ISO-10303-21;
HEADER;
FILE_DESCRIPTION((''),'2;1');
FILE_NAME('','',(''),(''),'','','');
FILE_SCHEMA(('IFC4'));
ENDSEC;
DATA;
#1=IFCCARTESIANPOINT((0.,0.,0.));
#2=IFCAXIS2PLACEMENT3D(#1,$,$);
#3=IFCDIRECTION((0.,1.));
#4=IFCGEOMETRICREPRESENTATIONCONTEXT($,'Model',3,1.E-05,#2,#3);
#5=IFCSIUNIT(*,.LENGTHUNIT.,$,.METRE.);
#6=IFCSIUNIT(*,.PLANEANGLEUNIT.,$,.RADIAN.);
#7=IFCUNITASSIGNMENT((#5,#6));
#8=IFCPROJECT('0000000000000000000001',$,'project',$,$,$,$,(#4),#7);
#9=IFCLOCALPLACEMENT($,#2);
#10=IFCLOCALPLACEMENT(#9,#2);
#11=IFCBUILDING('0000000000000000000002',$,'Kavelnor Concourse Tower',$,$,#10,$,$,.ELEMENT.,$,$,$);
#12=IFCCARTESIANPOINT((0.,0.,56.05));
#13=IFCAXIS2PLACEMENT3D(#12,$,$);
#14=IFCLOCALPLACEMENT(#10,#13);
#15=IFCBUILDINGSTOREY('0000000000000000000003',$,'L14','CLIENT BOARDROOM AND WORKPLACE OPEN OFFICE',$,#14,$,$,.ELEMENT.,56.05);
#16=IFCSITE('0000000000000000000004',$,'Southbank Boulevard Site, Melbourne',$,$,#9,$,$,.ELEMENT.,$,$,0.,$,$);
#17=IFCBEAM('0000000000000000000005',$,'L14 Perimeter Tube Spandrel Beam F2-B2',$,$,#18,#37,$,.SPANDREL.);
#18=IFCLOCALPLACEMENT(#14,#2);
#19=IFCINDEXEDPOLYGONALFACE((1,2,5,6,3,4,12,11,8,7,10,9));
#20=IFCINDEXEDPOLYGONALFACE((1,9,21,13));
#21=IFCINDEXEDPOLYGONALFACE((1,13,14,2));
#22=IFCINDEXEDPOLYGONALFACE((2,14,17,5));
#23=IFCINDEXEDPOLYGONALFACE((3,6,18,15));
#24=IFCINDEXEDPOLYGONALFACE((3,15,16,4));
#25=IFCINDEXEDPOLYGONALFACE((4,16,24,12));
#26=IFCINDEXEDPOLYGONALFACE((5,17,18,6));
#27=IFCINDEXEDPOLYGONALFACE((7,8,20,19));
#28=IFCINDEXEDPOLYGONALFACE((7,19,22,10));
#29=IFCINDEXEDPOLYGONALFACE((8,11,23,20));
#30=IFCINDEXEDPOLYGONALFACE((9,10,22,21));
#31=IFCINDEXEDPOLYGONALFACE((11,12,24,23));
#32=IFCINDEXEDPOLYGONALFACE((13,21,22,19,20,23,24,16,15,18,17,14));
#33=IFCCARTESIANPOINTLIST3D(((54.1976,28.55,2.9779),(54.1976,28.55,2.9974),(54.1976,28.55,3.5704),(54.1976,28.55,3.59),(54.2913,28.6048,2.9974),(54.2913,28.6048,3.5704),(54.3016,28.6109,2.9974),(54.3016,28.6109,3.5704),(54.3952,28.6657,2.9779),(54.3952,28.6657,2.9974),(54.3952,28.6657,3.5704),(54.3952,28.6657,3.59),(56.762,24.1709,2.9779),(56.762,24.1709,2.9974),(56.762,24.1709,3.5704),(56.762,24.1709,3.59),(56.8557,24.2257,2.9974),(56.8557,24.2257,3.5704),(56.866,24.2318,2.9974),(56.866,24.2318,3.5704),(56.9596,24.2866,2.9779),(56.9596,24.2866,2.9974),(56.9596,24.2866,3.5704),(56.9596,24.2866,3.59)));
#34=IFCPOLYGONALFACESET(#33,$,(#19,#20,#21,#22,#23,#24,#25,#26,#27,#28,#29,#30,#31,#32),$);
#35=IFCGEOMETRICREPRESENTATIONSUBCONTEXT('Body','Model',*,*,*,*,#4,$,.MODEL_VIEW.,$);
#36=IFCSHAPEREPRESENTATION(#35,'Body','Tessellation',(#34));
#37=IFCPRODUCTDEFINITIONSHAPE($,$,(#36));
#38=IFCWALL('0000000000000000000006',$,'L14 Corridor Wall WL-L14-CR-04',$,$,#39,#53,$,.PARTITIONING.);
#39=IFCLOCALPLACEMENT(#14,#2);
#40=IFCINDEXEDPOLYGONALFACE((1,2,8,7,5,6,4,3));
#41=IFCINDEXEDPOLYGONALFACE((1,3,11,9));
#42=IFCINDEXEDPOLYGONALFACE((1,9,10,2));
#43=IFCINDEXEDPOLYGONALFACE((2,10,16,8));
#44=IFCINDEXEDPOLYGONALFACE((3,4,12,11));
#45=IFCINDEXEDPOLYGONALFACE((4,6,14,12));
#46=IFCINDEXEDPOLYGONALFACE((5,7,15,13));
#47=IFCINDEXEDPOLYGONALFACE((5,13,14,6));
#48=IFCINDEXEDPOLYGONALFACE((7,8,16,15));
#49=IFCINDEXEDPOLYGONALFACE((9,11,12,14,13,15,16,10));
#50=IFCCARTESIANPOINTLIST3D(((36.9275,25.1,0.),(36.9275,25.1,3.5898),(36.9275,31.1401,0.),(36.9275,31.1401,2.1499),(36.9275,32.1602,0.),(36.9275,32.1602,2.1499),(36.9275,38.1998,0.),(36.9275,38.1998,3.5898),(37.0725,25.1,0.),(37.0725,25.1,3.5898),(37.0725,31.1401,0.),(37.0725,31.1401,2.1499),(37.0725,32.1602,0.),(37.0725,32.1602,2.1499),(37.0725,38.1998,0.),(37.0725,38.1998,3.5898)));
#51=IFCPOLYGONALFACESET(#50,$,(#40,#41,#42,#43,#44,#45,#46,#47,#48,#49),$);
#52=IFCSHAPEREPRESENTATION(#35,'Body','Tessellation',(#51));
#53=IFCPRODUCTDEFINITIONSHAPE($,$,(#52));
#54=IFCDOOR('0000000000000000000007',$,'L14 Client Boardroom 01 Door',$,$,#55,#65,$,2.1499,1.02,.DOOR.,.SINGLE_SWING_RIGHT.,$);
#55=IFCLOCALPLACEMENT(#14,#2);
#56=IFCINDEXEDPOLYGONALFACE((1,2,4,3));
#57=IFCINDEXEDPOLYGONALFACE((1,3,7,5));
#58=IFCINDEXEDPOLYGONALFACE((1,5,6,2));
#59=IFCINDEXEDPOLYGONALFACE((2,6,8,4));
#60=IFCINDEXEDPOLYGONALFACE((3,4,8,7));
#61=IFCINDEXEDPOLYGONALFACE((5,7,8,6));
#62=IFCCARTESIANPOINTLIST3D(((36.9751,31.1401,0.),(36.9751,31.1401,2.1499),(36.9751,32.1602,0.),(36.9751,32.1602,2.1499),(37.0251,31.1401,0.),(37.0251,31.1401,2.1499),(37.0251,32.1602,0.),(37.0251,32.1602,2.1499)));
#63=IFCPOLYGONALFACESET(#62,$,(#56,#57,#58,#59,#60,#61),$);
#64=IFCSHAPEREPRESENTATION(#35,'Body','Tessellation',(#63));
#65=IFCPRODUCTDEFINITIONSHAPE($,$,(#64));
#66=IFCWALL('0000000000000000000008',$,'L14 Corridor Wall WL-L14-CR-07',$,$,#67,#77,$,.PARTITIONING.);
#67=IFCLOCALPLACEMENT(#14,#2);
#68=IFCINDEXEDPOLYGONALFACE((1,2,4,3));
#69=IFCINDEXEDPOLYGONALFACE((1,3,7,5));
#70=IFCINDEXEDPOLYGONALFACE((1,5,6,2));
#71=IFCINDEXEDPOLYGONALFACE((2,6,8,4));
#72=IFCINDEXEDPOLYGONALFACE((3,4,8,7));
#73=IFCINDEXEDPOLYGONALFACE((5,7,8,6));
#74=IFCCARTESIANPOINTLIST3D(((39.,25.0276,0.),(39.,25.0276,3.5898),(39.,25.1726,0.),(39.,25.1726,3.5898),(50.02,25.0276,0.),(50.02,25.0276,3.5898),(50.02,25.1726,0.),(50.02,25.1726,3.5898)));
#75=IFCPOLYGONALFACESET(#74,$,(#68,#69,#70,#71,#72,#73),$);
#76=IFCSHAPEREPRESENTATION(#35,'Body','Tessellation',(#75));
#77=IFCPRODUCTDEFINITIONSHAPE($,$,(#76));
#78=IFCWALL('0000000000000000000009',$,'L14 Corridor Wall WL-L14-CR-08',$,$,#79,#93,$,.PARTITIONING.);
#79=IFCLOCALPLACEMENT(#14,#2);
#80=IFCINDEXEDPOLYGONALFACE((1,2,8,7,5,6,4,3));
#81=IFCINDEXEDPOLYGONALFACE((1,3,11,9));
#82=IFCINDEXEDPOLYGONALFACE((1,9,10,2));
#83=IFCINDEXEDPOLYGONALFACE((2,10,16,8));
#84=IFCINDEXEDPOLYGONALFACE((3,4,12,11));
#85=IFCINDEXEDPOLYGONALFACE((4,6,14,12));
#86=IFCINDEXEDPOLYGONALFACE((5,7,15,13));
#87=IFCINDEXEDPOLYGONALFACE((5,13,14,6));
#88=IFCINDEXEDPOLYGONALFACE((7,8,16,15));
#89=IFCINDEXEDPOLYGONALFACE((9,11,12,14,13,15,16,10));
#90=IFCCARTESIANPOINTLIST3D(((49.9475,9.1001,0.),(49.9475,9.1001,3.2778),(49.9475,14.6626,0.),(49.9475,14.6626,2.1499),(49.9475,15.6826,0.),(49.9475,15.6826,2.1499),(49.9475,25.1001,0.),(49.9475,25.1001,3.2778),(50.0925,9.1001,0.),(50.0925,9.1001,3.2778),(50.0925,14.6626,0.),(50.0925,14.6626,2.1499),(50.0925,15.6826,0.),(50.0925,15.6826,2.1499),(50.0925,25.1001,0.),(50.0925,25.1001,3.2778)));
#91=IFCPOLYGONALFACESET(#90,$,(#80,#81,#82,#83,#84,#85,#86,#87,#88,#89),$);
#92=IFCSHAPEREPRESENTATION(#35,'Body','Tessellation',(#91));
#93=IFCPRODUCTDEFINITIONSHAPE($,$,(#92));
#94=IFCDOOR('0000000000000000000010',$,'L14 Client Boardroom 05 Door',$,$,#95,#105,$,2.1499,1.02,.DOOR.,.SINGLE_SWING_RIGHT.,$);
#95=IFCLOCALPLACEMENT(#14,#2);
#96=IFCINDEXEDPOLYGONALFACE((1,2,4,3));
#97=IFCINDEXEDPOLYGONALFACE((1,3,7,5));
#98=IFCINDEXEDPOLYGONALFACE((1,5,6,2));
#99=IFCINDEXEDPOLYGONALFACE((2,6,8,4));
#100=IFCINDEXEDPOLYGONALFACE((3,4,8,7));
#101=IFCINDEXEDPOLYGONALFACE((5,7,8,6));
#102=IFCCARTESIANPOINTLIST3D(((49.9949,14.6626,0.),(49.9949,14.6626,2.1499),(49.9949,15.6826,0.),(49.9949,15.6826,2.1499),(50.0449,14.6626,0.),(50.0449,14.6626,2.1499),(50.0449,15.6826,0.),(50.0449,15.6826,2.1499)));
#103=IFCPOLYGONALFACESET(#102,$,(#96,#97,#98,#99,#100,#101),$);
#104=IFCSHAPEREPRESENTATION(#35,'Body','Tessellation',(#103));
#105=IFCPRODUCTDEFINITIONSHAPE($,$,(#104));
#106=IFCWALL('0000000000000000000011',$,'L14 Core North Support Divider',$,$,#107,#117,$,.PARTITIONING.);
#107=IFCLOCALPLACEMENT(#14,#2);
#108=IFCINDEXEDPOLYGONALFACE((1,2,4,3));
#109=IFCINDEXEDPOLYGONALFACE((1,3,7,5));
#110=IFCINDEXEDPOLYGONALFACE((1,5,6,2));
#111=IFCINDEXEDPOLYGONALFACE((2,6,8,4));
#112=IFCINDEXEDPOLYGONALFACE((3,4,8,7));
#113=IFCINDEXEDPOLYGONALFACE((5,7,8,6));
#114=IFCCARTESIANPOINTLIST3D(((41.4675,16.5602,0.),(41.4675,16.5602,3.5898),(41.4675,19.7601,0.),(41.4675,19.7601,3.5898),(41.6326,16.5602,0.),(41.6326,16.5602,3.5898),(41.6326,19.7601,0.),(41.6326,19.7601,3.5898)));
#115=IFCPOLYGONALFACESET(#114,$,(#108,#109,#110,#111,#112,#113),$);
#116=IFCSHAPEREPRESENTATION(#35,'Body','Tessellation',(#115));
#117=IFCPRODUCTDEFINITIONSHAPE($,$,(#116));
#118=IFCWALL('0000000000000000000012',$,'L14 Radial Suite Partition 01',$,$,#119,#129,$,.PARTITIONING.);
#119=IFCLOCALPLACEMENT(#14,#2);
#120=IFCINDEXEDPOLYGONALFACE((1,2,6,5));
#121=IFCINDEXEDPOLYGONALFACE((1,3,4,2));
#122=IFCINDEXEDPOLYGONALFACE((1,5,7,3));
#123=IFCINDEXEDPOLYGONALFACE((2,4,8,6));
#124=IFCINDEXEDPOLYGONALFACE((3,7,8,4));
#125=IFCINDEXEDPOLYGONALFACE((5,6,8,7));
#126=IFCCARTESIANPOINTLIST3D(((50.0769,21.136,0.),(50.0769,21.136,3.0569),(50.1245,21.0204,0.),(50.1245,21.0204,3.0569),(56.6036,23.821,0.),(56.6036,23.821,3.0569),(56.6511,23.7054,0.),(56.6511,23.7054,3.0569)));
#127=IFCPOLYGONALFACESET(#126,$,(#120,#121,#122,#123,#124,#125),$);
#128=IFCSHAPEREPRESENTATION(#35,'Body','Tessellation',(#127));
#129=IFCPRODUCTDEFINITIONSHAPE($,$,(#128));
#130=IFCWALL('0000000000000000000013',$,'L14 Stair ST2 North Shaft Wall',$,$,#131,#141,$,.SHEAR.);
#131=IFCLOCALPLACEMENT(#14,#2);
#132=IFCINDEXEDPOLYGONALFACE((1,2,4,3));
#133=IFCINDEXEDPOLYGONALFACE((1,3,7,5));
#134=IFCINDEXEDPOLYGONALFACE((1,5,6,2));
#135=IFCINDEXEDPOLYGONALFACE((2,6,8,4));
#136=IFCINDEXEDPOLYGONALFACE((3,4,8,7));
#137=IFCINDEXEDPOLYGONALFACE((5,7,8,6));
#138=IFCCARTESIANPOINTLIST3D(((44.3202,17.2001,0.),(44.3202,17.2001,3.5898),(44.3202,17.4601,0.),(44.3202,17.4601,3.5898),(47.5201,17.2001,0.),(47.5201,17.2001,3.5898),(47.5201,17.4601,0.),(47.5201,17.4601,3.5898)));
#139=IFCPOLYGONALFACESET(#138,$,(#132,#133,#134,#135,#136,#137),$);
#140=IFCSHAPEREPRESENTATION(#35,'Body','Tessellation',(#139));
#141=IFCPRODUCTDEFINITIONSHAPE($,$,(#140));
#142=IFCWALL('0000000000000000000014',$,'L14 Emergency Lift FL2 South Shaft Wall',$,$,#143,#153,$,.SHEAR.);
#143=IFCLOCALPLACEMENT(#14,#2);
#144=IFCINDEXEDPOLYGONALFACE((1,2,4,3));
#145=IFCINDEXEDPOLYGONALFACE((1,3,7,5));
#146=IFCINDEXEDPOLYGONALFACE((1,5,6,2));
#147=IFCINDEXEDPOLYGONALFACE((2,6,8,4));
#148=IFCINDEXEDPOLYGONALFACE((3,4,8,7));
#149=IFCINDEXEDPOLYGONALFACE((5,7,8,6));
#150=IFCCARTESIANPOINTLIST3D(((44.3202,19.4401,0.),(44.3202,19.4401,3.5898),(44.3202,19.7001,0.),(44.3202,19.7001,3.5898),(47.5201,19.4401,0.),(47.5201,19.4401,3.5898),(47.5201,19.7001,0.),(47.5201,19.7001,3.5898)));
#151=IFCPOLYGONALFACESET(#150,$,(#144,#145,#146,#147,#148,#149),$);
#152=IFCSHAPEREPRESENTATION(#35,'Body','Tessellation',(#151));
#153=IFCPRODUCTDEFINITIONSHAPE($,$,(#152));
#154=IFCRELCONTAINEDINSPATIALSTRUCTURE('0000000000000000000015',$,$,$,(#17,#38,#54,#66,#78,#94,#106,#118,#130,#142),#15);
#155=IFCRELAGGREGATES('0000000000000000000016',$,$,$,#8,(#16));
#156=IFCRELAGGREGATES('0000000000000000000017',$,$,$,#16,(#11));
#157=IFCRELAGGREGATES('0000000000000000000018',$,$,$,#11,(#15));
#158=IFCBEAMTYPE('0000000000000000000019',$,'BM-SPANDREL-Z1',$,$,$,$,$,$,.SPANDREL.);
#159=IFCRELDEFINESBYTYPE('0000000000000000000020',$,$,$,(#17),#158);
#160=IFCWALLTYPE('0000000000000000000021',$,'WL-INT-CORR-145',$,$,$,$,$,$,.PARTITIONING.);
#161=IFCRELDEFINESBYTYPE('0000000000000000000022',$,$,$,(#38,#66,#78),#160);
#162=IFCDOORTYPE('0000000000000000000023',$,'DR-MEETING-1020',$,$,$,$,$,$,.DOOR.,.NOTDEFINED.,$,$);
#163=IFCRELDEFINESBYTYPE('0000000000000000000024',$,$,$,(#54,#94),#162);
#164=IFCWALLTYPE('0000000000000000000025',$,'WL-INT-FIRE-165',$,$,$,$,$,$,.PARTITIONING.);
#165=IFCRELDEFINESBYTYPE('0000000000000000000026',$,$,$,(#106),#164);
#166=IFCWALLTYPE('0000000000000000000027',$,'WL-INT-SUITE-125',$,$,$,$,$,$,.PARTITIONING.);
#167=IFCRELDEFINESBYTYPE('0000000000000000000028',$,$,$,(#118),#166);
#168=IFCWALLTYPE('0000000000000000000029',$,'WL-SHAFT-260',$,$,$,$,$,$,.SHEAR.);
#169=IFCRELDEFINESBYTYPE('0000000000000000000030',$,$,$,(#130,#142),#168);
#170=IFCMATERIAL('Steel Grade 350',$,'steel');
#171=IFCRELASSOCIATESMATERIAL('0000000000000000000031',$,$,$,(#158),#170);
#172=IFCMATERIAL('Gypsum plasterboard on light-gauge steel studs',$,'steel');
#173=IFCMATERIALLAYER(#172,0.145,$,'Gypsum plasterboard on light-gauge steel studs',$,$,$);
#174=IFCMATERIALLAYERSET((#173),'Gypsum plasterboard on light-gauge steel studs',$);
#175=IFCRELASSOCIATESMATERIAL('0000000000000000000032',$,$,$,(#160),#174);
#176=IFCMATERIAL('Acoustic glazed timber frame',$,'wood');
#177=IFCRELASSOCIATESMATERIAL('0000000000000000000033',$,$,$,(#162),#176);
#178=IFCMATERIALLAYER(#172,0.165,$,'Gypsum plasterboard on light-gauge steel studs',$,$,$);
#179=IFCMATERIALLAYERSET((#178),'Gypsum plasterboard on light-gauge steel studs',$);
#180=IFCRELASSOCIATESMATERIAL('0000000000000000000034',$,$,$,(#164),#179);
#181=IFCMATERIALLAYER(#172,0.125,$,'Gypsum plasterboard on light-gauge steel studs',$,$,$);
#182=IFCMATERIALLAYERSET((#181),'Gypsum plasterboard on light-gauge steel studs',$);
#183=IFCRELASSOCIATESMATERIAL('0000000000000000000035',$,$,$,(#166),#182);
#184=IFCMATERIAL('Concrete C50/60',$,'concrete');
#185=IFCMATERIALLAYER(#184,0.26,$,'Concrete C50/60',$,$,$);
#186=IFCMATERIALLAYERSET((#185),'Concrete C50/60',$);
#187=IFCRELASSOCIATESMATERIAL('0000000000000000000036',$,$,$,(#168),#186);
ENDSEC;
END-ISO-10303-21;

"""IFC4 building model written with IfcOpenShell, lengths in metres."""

from ifc_helpers import new_model, si_unit, direction, frame, frame_2d, origin, origin_2d, place, context, subcontext, project, spatial, rectangle, i_section, extrude, material, layer, layer_set, material_profile, profile_set, type_object, element, fill, save


model = new_model("IFC4")

# Units and contexts
model_context = context("Model", 3, precision=1e-05, world=origin(), true_north=direction((0.0, 1.0)))
body_context = subcontext(model_context, "Body", "Model", "MODEL_VIEW")
ifc_project = project(units=[si_unit("LENGTHUNIT", "METRE"), si_unit("PLANEANGLEUNIT", "RADIAN")], contexts=[model_context])

# Site, building, storey
site_placement = place(None, origin())
site = spatial("IfcSite", under=ifc_project, at=site_placement, Name="Southbank Boulevard Site, Melbourne", CompositionType="ELEMENT", RefElevation=0.0)
building_placement = place(site_placement, origin())
building = spatial("IfcBuilding", under=site, at=building_placement, Name="Kavelnor Concourse Tower", CompositionType="ELEMENT")
storey_placement = place(building_placement, frame((0.0, 0.0, 56.05)))
storey = spatial("IfcBuildingStorey", under=building, at=storey_placement, Name="L14", Description="CLIENT BOARDROOM AND WORKPLACE OPEN OFFICE", CompositionType="ELEMENT", Elevation=56.05)

# Shared definitions
ifc_material_1 = material(Name="Steel Grade 350", Category="steel")

# Beam
ifc_material_profile_1 = material_profile(ifc_material_1, i_section(OverallWidth=0.229, OverallDepth=0.6121, WebThickness=0.012, FlangeThickness=0.0195, at=origin_2d()), Name="610UB125")
ifc_profile_set_1 = profile_set([ifc_material_profile_1], Name="Steel Grade 350")
beam_type_1 = type_object("IfcBeamType", Name="BM-SPANDREL-Z1", PredefinedType="SPANDREL", material=ifc_profile_set_1)
for number, where, z_axis, x_axis, name in (
    (1, (56.8608, 24.2288, 3.2839), (-0.505333, 0.862924, 0.0), (-0.862924, -0.505333, 0.0), "L14 Perimeter Tube Spandrel Beam F2-B2"),
):
    element("IfcBeam", number, at=place(storey_placement, frame(where, z_axis=z_axis, x_axis=x_axis)), inside=storey, type_object=beam_type_1, Name=name, PredefinedType="SPANDREL", context=body_context, shape_type="SweptSolid", body=[
        extrude(i_section(OverallWidth=0.229, OverallDepth=0.6121, WebThickness=0.012, FlangeThickness=0.0195, at=origin_2d()), origin(), (0.0, 0.0, 1.0), 5.0747),
    ])

# Wall, opening, door
ifc_material_2 = material(Name="Gypsum plasterboard on light-gauge steel studs", Category="steel")
ifc_layer_1 = layer(ifc_material_2, 0.145, Name="Gypsum plasterboard on light-gauge steel studs")
ifc_layer_set_1 = layer_set([ifc_layer_1], Name="Gypsum plasterboard on light-gauge steel studs")
wall_type_1 = type_object("IfcWallType", Name="WL-INT-CORR-145", PredefinedType="PARTITIONING", material=ifc_layer_set_1)
wall_1_placement = place(storey_placement, frame((37.0, 25.1001, 0.0), z_axis=(0.0, 0.0, 1.0), x_axis=(0.0, 1.0, 0.0)))
wall_1 = element("IfcWall", 2, at=wall_1_placement, inside=storey, type_object=wall_type_1, Name="L14 Corridor Wall WL-L14-CR-04", PredefinedType="PARTITIONING", context=body_context, shape_type="SweptSolid", body=[
    extrude(rectangle(XDim=13.0999, YDim=0.145, at=frame_2d((6.5498, 0.0))), origin(), (0.0, 0.0, 1.0), 3.5898),
])
opening_1_placement = place(wall_1_placement, frame((6.04, 0.0, 0.0)))
opening_1 = element("IfcOpeningElement", 3, at=opening_1_placement, cuts=wall_1, PredefinedType="OPENING", context=body_context, shape_type="SweptSolid", body=[
    extrude(rectangle(XDim=1.02, YDim=2.1499, at=frame_2d((0.51, 1.075))), frame((0.0, 0.0825, 0.0), z_axis=(0.0, -1.0, 0.0), x_axis=(1.0, 0.0, 0.0)), (0.0, 0.0, 1.0), 0.165),
])
ifc_material_3 = material(Name="Acoustic glazed timber frame", Category="wood")
door_type = type_object("IfcDoorType", Name="DR-MEETING-1020", OperationType="NOTDEFINED", PredefinedType="DOOR", material=ifc_material_3)
door_1_placement = place(opening_1_placement, origin())
door_1 = element("IfcDoor", 4, at=door_1_placement, inside=storey, type_object=door_type, Name="L14 Client Boardroom 01 Door", OperationType="SINGLE_SWING_RIGHT", OverallHeight=2.1499, OverallWidth=1.02, PredefinedType="DOOR", context=body_context, shape_type="SweptSolid", body=[
    extrude(rectangle(XDim=1.02, YDim=2.1499, at=frame_2d((0.51, 1.075))), frame((0.0, 0.0249, 0.0), z_axis=(0.0, -1.0, 0.0), x_axis=(1.0, 0.0, 0.0)), (0.0, 0.0, 1.0), 0.05),
])
fill(opening_1, door_1)

# Wall
wall_2_placement = place(storey_placement, frame((39.0, 25.1001, 0.0), z_axis=(0.0, 0.0, 1.0), x_axis=(1.0, 0.0, 0.0)))
element("IfcWall", 5, at=wall_2_placement, inside=storey, type_object=wall_type_1, Name="L14 Corridor Wall WL-L14-CR-07", PredefinedType="PARTITIONING", context=body_context, shape_type="SweptSolid", body=[
    extrude(rectangle(XDim=11.02, YDim=0.145, at=frame_2d((5.51, 0.0))), origin(), (0.0, 0.0, 1.0), 3.5898),
])

# Wall, opening, door
wall_3_placement = place(storey_placement, frame((50.02, 25.1001, 0.0), z_axis=(0.0, 0.0, 1.0), x_axis=(0.0, -1.0, 0.0)))
wall_3 = element("IfcWall", 6, at=wall_3_placement, inside=storey, type_object=wall_type_1, Name="L14 Corridor Wall WL-L14-CR-08", PredefinedType="PARTITIONING", context=body_context, shape_type="SweptSolid", body=[
    extrude(rectangle(XDim=16.0, YDim=0.145, at=frame_2d((8.0, 0.0))), origin(), (0.0, 0.0, 1.0), 3.2778),
])
opening_2_placement = place(wall_3_placement, frame((9.4175, 0.0, 0.0)))
opening_2 = element("IfcOpeningElement", 7, at=opening_2_placement, cuts=wall_3, PredefinedType="OPENING", context=body_context, shape_type="SweptSolid", body=[
    extrude(rectangle(XDim=1.02, YDim=2.1499, at=frame_2d((0.51, 1.075))), frame((0.0, 0.0825, 0.0), z_axis=(0.0, -1.0, 0.0), x_axis=(1.0, 0.0, 0.0)), (0.0, 0.0, 1.0), 0.165),
])
door_2_placement = place(opening_2_placement, origin())
door_2 = element("IfcDoor", 8, at=door_2_placement, inside=storey, type_object=door_type, Name="L14 Client Boardroom 05 Door", OperationType="SINGLE_SWING_RIGHT", OverallHeight=2.1499, OverallWidth=1.02, PredefinedType="DOOR", context=body_context, shape_type="SweptSolid", body=[
    extrude(rectangle(XDim=1.02, YDim=2.1499, at=frame_2d((0.51, 1.075))), frame((0.0, 0.0249, 0.0), z_axis=(0.0, -1.0, 0.0), x_axis=(1.0, 0.0, 0.0)), (0.0, 0.0, 1.0), 0.05),
])
fill(opening_2, door_2)

# Walls
ifc_layer_2 = layer(ifc_material_2, 0.165, Name="Gypsum plasterboard on light-gauge steel studs")
ifc_layer_set_2 = layer_set([ifc_layer_2], Name="Gypsum plasterboard on light-gauge steel studs")
wall_type_2 = type_object("IfcWallType", Name="WL-INT-FIRE-165", PredefinedType="PARTITIONING", material=ifc_layer_set_2)
wall_4_placement = place(storey_placement, frame((41.55, 16.5601, 0.0), z_axis=(0.0, 0.0, 1.0), x_axis=(0.0, 1.0, 0.0)))
element("IfcWall", 9, at=wall_4_placement, inside=storey, type_object=wall_type_2, Name="L14 Core North Support Divider", PredefinedType="PARTITIONING", context=body_context, shape_type="SweptSolid", body=[
    extrude(rectangle(XDim=3.2, YDim=0.165, at=frame_2d((1.6001, 0.0))), origin(), (0.0, 0.0, 1.0), 3.5898),
])
ifc_layer_3 = layer(ifc_material_2, 0.125, Name="Gypsum plasterboard on light-gauge steel studs")
ifc_layer_set_3 = layer_set([ifc_layer_3], Name="Gypsum plasterboard on light-gauge steel studs")
wall_type_3 = type_object("IfcWallType", Name="WL-INT-SUITE-125", PredefinedType="PARTITIONING", material=ifc_layer_set_3)
wall_5_placement = place(storey_placement, frame((50.1006, 21.0781, 0.0), z_axis=(0.0, 0.0, 1.0), x_axis=(0.924796, 0.380463, 0.0)))
element("IfcWall", 10, at=wall_5_placement, inside=storey, type_object=wall_type_3, Name="L14 Radial Suite Partition 01", PredefinedType="PARTITIONING", context=body_context, shape_type="SweptSolid", body=[
    extrude(rectangle(XDim=7.0574, YDim=0.125, at=frame_2d((3.5288, 0.0))), origin(), (0.0, 0.0, 1.0), 3.0569),
])
ifc_material_4 = material(Name="Concrete C50/60", Category="concrete")
ifc_layer_4 = layer(ifc_material_4, 0.26, Name="Concrete C50/60")
ifc_layer_set_4 = layer_set([ifc_layer_4], Name="Concrete C50/60")
wall_type_4 = type_object("IfcWallType", Name="WL-SHAFT-260", PredefinedType="SHEAR", material=ifc_layer_set_4)
for number, where, z_axis, x_axis, name in (
    (11, (44.3201, 17.3301, 0.0), (0.0, 0.0, 1.0), (1.0, 0.0, 0.0), "L14 Stair ST2 North Shaft Wall"),
    (12, (44.3201, 19.5701, 0.0), (0.0, 0.0, 1.0), (1.0, 0.0, 0.0), "L14 Emergency Lift FL2 South Shaft Wall"),
):
    element("IfcWall", number, at=place(storey_placement, frame(where, z_axis=z_axis, x_axis=x_axis)), inside=storey, type_object=wall_type_4, Name=name, PredefinedType="SHEAR", context=body_context, shape_type="SweptSolid", body=[
        extrude(rectangle(XDim=3.2, YDim=0.26, at=frame_2d((1.6001, 0.0))), origin(), (0.0, 0.0, 1.0), 3.5898),
    ])

save(model, "model.ifc")
